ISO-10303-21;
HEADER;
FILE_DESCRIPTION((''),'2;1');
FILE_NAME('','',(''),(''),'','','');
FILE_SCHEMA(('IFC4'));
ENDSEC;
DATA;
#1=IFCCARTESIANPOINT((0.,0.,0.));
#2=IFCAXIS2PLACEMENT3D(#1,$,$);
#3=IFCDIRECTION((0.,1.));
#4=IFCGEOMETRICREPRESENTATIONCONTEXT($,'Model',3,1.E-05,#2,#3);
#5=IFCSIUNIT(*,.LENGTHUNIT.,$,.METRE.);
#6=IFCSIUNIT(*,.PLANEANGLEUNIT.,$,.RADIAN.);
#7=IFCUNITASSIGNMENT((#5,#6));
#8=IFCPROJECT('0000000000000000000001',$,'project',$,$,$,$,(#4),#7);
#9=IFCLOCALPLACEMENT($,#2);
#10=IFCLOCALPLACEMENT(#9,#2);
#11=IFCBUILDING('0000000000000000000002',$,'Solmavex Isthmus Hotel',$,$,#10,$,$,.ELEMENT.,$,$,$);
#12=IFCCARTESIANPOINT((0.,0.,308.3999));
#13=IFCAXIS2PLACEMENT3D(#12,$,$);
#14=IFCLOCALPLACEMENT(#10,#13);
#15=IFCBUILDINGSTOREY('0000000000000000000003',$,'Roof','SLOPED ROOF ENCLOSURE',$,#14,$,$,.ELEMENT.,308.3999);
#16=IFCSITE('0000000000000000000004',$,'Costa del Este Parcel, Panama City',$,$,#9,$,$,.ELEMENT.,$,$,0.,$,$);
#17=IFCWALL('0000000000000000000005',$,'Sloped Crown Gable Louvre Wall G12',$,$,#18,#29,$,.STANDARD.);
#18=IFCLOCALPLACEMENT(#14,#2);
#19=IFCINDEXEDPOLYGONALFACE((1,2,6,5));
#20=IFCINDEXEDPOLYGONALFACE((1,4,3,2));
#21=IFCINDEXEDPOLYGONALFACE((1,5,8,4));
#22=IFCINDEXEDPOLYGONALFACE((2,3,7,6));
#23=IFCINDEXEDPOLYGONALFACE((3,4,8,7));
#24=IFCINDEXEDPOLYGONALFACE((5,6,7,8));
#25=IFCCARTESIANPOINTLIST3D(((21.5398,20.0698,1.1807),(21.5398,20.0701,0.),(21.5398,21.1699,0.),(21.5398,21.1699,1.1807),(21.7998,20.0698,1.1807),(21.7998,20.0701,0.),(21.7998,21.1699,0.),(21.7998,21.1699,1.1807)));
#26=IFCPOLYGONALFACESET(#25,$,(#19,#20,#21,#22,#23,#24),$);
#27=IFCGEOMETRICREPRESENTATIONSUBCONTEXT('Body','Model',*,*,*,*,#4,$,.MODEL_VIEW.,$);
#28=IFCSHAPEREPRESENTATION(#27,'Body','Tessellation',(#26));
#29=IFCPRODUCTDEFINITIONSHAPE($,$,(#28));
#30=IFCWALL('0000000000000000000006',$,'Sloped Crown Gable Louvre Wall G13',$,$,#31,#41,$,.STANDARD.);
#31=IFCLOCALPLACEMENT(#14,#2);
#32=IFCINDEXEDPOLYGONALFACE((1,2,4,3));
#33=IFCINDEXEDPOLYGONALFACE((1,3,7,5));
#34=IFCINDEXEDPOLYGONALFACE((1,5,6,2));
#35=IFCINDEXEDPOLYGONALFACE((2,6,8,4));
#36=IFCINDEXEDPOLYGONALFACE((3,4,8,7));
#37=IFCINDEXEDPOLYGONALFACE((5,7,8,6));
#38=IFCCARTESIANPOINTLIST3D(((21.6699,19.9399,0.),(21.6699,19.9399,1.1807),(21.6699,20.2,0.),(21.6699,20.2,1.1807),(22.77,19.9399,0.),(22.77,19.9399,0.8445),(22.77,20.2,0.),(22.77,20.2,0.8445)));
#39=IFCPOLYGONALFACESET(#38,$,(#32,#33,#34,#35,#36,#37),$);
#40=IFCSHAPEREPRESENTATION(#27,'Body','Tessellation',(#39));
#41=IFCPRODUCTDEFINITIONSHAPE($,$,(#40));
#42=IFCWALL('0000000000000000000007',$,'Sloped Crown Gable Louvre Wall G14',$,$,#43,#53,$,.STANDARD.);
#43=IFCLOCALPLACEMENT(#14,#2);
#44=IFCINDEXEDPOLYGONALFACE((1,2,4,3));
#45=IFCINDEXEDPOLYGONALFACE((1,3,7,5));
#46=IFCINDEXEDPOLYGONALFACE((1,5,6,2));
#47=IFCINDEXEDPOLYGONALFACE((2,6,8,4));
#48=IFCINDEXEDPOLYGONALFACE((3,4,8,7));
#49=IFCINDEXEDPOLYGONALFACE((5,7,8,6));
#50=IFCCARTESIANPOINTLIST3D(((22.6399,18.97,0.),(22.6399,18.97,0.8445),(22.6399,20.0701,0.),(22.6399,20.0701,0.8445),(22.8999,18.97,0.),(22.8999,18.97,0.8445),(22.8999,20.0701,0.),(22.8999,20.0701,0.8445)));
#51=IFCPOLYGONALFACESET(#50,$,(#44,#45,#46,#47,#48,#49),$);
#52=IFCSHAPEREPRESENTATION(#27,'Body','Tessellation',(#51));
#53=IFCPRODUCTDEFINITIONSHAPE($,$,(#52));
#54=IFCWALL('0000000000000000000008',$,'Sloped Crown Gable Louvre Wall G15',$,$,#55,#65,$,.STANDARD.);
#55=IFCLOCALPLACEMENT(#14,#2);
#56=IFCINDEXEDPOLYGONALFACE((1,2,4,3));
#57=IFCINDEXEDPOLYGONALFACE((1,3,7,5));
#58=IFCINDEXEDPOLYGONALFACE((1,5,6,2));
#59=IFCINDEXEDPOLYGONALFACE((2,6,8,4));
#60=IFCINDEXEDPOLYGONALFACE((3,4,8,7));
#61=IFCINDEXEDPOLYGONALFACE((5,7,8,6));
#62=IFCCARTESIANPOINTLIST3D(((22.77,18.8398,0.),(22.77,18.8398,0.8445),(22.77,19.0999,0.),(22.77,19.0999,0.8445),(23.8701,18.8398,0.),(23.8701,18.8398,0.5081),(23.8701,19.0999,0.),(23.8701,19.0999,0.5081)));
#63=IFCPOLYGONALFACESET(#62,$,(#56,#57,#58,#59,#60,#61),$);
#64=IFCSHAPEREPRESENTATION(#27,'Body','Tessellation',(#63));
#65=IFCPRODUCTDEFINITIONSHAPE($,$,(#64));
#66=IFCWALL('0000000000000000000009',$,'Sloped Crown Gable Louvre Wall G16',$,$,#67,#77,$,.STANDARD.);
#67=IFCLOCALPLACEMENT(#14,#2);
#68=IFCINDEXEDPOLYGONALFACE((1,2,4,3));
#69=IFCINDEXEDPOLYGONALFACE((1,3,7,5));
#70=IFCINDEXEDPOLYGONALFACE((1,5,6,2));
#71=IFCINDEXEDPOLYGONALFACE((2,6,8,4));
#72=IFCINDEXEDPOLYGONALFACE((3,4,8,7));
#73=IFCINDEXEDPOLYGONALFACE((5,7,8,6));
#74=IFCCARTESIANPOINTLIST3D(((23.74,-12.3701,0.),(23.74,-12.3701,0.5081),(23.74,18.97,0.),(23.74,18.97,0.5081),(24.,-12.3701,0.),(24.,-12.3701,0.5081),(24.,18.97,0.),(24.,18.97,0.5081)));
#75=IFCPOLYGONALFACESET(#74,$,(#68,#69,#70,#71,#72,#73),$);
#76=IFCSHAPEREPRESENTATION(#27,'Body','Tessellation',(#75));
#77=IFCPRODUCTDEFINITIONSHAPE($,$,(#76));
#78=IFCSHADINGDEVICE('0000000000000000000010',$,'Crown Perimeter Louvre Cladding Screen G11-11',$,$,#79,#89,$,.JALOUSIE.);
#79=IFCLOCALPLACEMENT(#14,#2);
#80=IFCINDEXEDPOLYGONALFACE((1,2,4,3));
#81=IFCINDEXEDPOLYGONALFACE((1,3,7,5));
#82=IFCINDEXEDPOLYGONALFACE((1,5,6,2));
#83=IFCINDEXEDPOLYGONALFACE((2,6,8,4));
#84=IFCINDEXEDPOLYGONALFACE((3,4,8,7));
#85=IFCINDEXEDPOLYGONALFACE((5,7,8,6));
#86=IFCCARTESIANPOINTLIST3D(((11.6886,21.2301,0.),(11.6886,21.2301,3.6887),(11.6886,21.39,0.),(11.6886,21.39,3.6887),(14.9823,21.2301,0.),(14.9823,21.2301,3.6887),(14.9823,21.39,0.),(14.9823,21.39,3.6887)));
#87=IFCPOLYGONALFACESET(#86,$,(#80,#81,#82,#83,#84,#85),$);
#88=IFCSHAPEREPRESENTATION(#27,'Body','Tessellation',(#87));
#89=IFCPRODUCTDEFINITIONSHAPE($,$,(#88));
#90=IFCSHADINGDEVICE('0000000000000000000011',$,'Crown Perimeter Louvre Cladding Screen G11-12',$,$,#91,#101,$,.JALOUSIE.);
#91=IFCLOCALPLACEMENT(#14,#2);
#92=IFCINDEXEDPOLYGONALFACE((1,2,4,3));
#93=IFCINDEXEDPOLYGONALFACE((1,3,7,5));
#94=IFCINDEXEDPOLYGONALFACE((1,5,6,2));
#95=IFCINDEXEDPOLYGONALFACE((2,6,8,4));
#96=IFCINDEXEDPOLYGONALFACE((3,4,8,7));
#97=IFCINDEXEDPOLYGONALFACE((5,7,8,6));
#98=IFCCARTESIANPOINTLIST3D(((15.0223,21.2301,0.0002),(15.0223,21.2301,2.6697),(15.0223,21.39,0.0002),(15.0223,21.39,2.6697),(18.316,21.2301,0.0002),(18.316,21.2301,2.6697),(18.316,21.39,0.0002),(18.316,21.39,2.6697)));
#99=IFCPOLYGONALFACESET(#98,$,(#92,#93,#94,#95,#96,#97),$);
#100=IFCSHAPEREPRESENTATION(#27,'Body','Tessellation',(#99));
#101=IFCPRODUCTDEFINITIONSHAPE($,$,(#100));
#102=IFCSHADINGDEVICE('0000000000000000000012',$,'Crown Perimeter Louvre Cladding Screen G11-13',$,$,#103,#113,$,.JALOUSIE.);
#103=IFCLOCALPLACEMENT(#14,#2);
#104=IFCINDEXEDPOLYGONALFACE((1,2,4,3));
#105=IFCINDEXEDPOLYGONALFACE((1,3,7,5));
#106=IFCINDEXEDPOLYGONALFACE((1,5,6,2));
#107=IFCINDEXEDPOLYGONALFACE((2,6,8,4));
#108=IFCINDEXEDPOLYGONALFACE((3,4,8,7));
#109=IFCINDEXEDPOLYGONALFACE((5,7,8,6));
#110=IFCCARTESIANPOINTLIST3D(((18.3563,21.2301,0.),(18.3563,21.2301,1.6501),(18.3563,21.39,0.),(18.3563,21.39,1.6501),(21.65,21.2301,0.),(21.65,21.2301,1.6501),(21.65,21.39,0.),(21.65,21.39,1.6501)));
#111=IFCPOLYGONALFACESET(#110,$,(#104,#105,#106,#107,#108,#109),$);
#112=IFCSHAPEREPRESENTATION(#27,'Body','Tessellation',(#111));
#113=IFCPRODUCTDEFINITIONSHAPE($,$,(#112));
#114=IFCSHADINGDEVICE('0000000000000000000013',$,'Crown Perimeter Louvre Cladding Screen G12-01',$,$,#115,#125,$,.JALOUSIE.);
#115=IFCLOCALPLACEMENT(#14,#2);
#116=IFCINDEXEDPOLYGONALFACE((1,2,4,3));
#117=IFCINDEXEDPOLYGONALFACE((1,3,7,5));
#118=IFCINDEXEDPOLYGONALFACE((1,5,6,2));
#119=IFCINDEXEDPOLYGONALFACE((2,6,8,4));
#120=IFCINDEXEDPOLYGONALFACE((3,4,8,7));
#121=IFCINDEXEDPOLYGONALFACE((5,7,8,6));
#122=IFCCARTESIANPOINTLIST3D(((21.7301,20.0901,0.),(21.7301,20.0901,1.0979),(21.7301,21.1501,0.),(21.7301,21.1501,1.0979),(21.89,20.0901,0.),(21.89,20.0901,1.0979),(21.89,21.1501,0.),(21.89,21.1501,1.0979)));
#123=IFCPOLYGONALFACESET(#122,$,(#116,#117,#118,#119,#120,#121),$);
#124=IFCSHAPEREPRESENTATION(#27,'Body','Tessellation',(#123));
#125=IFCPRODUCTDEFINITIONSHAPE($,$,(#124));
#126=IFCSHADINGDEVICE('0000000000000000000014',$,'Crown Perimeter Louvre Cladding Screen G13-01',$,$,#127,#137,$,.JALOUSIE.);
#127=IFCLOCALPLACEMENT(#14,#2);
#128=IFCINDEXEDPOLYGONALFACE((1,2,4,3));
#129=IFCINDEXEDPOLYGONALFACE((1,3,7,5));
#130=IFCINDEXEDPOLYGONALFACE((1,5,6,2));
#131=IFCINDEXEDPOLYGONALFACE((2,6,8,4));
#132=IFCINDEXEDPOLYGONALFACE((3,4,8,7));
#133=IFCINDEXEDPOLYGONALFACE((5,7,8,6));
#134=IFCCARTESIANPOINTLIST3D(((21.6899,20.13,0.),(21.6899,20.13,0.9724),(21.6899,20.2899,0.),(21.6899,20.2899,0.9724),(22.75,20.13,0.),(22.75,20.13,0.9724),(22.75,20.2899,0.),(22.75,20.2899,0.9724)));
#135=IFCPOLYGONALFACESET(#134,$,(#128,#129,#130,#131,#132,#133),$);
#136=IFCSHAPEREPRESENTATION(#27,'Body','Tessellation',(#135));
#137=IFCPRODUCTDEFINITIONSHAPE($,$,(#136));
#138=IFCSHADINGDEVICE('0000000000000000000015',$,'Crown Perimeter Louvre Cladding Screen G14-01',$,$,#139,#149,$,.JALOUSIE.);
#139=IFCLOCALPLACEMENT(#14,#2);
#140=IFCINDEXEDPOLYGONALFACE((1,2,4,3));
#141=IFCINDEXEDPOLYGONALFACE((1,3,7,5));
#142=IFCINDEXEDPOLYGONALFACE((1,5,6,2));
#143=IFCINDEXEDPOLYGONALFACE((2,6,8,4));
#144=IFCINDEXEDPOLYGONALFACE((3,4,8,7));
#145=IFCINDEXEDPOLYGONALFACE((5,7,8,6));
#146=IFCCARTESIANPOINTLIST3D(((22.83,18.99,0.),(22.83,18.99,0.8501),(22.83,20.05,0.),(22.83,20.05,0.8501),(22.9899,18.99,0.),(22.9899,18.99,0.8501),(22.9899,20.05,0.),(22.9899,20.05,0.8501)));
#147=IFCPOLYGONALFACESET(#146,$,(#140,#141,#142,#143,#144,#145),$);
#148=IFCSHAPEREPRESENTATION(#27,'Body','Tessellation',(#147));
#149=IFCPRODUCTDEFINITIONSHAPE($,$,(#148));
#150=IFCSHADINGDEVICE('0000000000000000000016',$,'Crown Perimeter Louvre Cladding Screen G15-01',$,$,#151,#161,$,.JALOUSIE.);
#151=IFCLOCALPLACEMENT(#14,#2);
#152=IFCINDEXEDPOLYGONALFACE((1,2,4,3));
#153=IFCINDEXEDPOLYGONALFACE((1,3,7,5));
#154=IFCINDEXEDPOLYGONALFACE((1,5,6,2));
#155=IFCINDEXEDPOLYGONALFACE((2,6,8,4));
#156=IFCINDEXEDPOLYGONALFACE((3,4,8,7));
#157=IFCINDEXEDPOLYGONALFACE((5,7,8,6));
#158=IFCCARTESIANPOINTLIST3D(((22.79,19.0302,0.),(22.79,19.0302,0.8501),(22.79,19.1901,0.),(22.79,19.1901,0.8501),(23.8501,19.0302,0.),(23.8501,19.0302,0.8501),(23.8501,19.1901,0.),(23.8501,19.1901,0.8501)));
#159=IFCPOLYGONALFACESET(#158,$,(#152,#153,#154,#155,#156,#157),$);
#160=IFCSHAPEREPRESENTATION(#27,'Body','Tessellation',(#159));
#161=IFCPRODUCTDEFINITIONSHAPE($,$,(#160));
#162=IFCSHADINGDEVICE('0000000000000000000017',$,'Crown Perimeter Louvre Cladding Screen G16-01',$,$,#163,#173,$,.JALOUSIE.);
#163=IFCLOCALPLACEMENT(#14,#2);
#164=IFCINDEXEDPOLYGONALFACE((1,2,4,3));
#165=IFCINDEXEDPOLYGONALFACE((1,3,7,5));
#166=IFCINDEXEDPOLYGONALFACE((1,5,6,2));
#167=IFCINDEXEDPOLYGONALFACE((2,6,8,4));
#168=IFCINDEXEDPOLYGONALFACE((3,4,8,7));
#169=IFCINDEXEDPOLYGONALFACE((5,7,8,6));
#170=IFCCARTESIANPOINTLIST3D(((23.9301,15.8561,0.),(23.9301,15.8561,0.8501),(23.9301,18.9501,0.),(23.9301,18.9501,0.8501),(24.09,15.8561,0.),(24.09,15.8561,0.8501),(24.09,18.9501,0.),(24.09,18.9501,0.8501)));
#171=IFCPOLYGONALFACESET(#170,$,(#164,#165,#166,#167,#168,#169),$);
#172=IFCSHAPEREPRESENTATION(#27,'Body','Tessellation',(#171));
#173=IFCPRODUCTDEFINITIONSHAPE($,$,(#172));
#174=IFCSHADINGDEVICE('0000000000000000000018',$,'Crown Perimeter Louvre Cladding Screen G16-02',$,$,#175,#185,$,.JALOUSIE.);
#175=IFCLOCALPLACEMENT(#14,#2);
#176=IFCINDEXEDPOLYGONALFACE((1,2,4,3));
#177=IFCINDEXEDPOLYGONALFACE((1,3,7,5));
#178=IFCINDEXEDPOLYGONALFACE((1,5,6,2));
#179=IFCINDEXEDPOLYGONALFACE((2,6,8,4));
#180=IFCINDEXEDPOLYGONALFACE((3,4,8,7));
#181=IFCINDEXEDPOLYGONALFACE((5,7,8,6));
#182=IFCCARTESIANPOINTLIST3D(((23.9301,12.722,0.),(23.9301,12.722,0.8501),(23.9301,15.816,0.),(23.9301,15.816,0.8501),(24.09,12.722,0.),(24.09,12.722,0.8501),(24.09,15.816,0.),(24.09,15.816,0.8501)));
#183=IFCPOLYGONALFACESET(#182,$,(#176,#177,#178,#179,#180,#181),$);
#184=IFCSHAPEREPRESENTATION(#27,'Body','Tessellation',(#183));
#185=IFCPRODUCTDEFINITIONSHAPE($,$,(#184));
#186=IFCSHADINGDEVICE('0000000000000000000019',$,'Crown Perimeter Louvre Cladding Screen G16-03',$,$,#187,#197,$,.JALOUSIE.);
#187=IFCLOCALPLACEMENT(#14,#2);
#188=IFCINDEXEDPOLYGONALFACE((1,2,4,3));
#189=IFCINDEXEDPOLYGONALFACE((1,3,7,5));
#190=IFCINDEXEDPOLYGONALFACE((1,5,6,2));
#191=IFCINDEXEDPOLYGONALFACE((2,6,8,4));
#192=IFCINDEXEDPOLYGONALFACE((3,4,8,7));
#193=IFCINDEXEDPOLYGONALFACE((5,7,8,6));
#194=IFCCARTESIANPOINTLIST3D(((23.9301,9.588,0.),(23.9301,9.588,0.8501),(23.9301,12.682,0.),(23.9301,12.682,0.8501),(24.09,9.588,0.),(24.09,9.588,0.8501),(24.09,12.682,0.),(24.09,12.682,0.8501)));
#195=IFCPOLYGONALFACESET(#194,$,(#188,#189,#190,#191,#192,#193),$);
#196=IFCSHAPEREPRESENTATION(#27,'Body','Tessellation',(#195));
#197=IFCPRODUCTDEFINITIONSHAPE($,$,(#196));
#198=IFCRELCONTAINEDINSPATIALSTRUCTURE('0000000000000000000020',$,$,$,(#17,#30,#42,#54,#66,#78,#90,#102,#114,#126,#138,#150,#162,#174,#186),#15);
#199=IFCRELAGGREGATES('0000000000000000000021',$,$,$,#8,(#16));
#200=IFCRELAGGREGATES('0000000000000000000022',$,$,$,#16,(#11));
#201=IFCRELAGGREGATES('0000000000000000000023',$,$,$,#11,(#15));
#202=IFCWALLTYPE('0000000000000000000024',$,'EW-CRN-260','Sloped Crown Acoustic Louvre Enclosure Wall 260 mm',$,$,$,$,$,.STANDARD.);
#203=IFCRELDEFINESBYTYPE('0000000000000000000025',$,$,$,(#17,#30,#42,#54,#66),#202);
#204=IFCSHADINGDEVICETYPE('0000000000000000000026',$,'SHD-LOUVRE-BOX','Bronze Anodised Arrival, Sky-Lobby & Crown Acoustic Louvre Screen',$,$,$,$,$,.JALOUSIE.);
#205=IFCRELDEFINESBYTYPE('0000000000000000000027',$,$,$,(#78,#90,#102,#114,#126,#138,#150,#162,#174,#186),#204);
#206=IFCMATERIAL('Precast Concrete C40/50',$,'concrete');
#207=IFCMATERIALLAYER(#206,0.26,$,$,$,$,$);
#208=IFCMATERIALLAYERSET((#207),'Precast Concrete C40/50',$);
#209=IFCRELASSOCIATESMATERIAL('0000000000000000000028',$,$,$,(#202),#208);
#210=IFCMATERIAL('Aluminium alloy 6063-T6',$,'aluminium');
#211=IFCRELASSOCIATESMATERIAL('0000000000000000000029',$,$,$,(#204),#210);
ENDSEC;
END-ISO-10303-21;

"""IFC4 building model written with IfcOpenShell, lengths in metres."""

from ifc_helpers import new_model, si_unit, direction, frame, origin, origin_2d, place, context, subcontext, project, spatial, polyline, rectangle, outline, extrude, material, layer, layer_set, type_object, element, save


model = new_model("IFC4")

# Units and contexts
model_context = context("Model", 3, precision=1e-05, world=origin(), true_north=direction((0.0, 1.0)))
body_context = subcontext(model_context, "Body", "Model", "MODEL_VIEW")
ifc_project = project(units=[si_unit("LENGTHUNIT", "METRE"), si_unit("PLANEANGLEUNIT", "RADIAN")], contexts=[model_context])

# Site, building, storey
site_placement = place(None, origin())
site = spatial("IfcSite", under=ifc_project, at=site_placement, Name="Costa del Este Parcel, Panama City", CompositionType="ELEMENT", RefElevation=0.0)
building_placement = place(site_placement, origin())
building = spatial("IfcBuilding", under=site, at=building_placement, Name="Solmavex Isthmus Hotel", CompositionType="ELEMENT")
storey_placement = place(building_placement, frame((0.0, 0.0, 308.3999)))
storey = spatial("IfcBuildingStorey", under=building, at=storey_placement, Name="Roof", Description="SLOPED ROOF ENCLOSURE", CompositionType="ELEMENT", Elevation=308.3999)

# Walls
ifc_material_1 = material(Name="Precast Concrete C40/50", Category="concrete")
ifc_layer = layer(ifc_material_1, 0.26)
ifc_layer_set = layer_set([ifc_layer], Name="Precast Concrete C40/50")
wall_type = type_object("IfcWallType", Name="EW-CRN-260", Description="Sloped Crown Acoustic Louvre Enclosure Wall 260 mm", PredefinedType="STANDARD", material=ifc_layer_set)
wall_1_placement = place(storey_placement, frame((21.6699, 21.1699, 0.0), z_axis=(0.0, 0.0, 1.0), x_axis=(0.0, -1.0, 0.0)))
element("IfcWall", 1, at=wall_1_placement, inside=storey, type_object=wall_type, Name="Sloped Crown Gable Louvre Wall G12", PredefinedType="STANDARD", context=body_context, shape_type="SweptSolid", body=[
    extrude(outline(polyline([(0.0, 0.0), (1.0999, 0.0), (1.1001, 1.1807), (0.0, 1.1807), (0.0, 0.0)])), frame((0.0, 0.1299, 0.0), z_axis=(0.0, -1.0, 0.0), x_axis=(1.0, 0.0, 0.0)), (0.0, 0.0, 1.0), 0.26),
])
wall_2_placement = place(storey_placement, frame((21.6699, 20.0701, 0.0), z_axis=(0.0, 0.0, 1.0), x_axis=(1.0, 0.0, 0.0)))
element("IfcWall", 2, at=wall_2_placement, inside=storey, type_object=wall_type, Name="Sloped Crown Gable Louvre Wall G13", PredefinedType="STANDARD", context=body_context, shape_type="SweptSolid", body=[
    extrude(outline(polyline([(0.0, 0.0), (1.1001, 0.0), (1.1001, 0.8445), (0.0, 1.1807), (0.0, 0.0)])), frame((0.0, 0.1299, 0.0), z_axis=(0.0, -1.0, 0.0), x_axis=(1.0, 0.0, 0.0)), (0.0, 0.0, 1.0), 0.26),
])
wall_3_placement = place(storey_placement, frame((22.77, 20.0701, 0.0), z_axis=(0.0, 0.0, 1.0), x_axis=(0.0, -1.0, 0.0)))
element("IfcWall", 3, at=wall_3_placement, inside=storey, type_object=wall_type, Name="Sloped Crown Gable Louvre Wall G14", PredefinedType="STANDARD", context=body_context, shape_type="SweptSolid", body=[
    extrude(outline(polyline([(0.0, 0.0), (1.1001, 0.0), (1.1001, 0.8445), (0.0, 0.8445), (0.0, 0.0)])), frame((0.0, 0.1299, 0.0), z_axis=(0.0, -1.0, 0.0), x_axis=(1.0, 0.0, 0.0)), (0.0, 0.0, 1.0), 0.26),
])
wall_4_placement = place(storey_placement, frame((22.77, 18.97, 0.0), z_axis=(0.0, 0.0, 1.0), x_axis=(1.0, 0.0, 0.0)))
element("IfcWall", 4, at=wall_4_placement, inside=storey, type_object=wall_type, Name="Sloped Crown Gable Louvre Wall G15", PredefinedType="STANDARD", context=body_context, shape_type="SweptSolid", body=[
    extrude(outline(polyline([(0.0, 0.0), (1.1001, 0.0), (1.1001, 0.5081), (0.0, 0.8445), (0.0, 0.0)])), frame((0.0, 0.1299, 0.0), z_axis=(0.0, -1.0, 0.0), x_axis=(1.0, 0.0, 0.0)), (0.0, 0.0, 1.0), 0.26),
])
wall_5_placement = place(storey_placement, frame((23.8701, 18.97, 0.0), z_axis=(0.0, 0.0, 1.0), x_axis=(0.0, -1.0, 0.0)))
element("IfcWall", 5, at=wall_5_placement, inside=storey, type_object=wall_type, Name="Sloped Crown Gable Louvre Wall G16", PredefinedType="STANDARD", context=body_context, shape_type="SweptSolid", body=[
    extrude(outline(polyline([(0.0, 0.0), (31.3401, 0.0), (31.3401, 0.5081), (0.0, 0.5081), (0.0, 0.0)])), frame((0.0, 0.1299, 0.0), z_axis=(0.0, -1.0, 0.0), x_axis=(1.0, 0.0, 0.0)), (0.0, 0.0, 1.0), 0.26),
])

# Shading devices
ifc_material_2 = material(Name="Aluminium alloy 6063-T6", Category="aluminium")
shading_device_type = type_object("IfcShadingDeviceType", Name="SHD-LOUVRE-BOX", Description="Bronze Anodised Arrival, Sky-Lobby & Crown Acoustic Louvre Screen", PredefinedType="JALOUSIE", material=ifc_material_2)
shading_device_1_placement = place(storey_placement, frame((13.3354, 21.3101, 0.0), z_axis=(0.0, 0.0, 1.0), x_axis=(1.0, 0.0, 0.0)))
element("IfcShadingDevice", 6, at=shading_device_1_placement, inside=storey, type_object=shading_device_type, Name="Crown Perimeter Louvre Cladding Screen G11-11", PredefinedType="JALOUSIE", context=body_context, shape_type="SweptSolid", body=[
    extrude(rectangle(XDim=3.2937, YDim=0.1599, at=origin_2d()), origin(), (0.0, 0.0, 1.0), 3.6887),
])
shading_device_2_placement = place(storey_placement, frame((16.6692, 21.3101, 0.0002), z_axis=(0.0, 0.0, 1.0), x_axis=(1.0, 0.0, 0.0)))
element("IfcShadingDevice", 7, at=shading_device_2_placement, inside=storey, type_object=shading_device_type, Name="Crown Perimeter Louvre Cladding Screen G11-12", PredefinedType="JALOUSIE", context=body_context, shape_type="SweptSolid", body=[
    extrude(rectangle(XDim=3.2937, YDim=0.1599, at=origin_2d()), origin(), (0.0, 0.0, 1.0), 2.6694),
])
shading_device_3_placement = place(storey_placement, frame((20.0032, 21.3101, 0.0), z_axis=(0.0, 0.0, 1.0), x_axis=(1.0, 0.0, 0.0)))
element("IfcShadingDevice", 8, at=shading_device_3_placement, inside=storey, type_object=shading_device_type, Name="Crown Perimeter Louvre Cladding Screen G11-13", PredefinedType="JALOUSIE", context=body_context, shape_type="SweptSolid", body=[
    extrude(rectangle(XDim=3.2937, YDim=0.1599, at=origin_2d()), origin(), (0.0, 0.0, 1.0), 1.6501),
])
shading_device_4_placement = place(storey_placement, frame((21.8101, 20.6201, 0.0), z_axis=(0.0, 0.0, 1.0), x_axis=(0.0, -1.0, 0.0)))
element("IfcShadingDevice", 9, at=shading_device_4_placement, inside=storey, type_object=shading_device_type, Name="Crown Perimeter Louvre Cladding Screen G12-01", PredefinedType="JALOUSIE", context=body_context, shape_type="SweptSolid", body=[
    extrude(rectangle(XDim=1.0601, YDim=0.1599, at=origin_2d()), origin(), (0.0, 0.0, 1.0), 1.0979),
])
shading_device_5_placement = place(storey_placement, frame((22.22, 20.21, 0.0), z_axis=(0.0, 0.0, 1.0), x_axis=(1.0, 0.0, 0.0)))
element("IfcShadingDevice", 10, at=shading_device_5_placement, inside=storey, type_object=shading_device_type, Name="Crown Perimeter Louvre Cladding Screen G13-01", PredefinedType="JALOUSIE", context=body_context, shape_type="SweptSolid", body=[
    extrude(rectangle(XDim=1.0601, YDim=0.1599, at=origin_2d()), origin(), (0.0, 0.0, 1.0), 0.9724),
])
for number, where, z_axis, x_axis, name in (
    (11, (22.9099, 19.52, 0.0), (0.0, 0.0, 1.0), (0.0, -1.0, 0.0), "Crown Perimeter Louvre Cladding Screen G14-01"),
    (12, (23.3201, 19.1101, 0.0), (0.0, 0.0, 1.0), (1.0, 0.0, 0.0), "Crown Perimeter Louvre Cladding Screen G15-01"),
):
    element("IfcShadingDevice", number, at=place(storey_placement, frame(where, z_axis=z_axis, x_axis=x_axis)), inside=storey, type_object=shading_device_type, Name=name, PredefinedType="JALOUSIE", context=body_context, shape_type="SweptSolid", body=[
        extrude(rectangle(XDim=1.0601, YDim=0.1599, at=origin_2d()), origin(), (0.0, 0.0, 1.0), 0.8501),
    ])
for number, where, z_axis, x_axis, name in (
    (13, (24.01, 17.4031, 0.0), (0.0, 0.0, 1.0), (0.0, -1.0, 0.0), "Crown Perimeter Louvre Cladding Screen G16-01"),
    (14, (24.01, 14.269, 0.0), (0.0, 0.0, 1.0), (0.0, -1.0, 0.0), "Crown Perimeter Louvre Cladding Screen G16-02"),
    (15, (24.01, 11.135, 0.0), (0.0, 0.0, 1.0), (0.0, -1.0, 0.0), "Crown Perimeter Louvre Cladding Screen G16-03"),
):
    element("IfcShadingDevice", number, at=place(storey_placement, frame(where, z_axis=z_axis, x_axis=x_axis)), inside=storey, type_object=shading_device_type, Name=name, PredefinedType="JALOUSIE", context=body_context, shape_type="SweptSolid", body=[
        extrude(rectangle(XDim=3.094, YDim=0.1599, at=origin_2d()), origin(), (0.0, 0.0, 1.0), 0.8501),
    ])

save(model, "model.ifc")
